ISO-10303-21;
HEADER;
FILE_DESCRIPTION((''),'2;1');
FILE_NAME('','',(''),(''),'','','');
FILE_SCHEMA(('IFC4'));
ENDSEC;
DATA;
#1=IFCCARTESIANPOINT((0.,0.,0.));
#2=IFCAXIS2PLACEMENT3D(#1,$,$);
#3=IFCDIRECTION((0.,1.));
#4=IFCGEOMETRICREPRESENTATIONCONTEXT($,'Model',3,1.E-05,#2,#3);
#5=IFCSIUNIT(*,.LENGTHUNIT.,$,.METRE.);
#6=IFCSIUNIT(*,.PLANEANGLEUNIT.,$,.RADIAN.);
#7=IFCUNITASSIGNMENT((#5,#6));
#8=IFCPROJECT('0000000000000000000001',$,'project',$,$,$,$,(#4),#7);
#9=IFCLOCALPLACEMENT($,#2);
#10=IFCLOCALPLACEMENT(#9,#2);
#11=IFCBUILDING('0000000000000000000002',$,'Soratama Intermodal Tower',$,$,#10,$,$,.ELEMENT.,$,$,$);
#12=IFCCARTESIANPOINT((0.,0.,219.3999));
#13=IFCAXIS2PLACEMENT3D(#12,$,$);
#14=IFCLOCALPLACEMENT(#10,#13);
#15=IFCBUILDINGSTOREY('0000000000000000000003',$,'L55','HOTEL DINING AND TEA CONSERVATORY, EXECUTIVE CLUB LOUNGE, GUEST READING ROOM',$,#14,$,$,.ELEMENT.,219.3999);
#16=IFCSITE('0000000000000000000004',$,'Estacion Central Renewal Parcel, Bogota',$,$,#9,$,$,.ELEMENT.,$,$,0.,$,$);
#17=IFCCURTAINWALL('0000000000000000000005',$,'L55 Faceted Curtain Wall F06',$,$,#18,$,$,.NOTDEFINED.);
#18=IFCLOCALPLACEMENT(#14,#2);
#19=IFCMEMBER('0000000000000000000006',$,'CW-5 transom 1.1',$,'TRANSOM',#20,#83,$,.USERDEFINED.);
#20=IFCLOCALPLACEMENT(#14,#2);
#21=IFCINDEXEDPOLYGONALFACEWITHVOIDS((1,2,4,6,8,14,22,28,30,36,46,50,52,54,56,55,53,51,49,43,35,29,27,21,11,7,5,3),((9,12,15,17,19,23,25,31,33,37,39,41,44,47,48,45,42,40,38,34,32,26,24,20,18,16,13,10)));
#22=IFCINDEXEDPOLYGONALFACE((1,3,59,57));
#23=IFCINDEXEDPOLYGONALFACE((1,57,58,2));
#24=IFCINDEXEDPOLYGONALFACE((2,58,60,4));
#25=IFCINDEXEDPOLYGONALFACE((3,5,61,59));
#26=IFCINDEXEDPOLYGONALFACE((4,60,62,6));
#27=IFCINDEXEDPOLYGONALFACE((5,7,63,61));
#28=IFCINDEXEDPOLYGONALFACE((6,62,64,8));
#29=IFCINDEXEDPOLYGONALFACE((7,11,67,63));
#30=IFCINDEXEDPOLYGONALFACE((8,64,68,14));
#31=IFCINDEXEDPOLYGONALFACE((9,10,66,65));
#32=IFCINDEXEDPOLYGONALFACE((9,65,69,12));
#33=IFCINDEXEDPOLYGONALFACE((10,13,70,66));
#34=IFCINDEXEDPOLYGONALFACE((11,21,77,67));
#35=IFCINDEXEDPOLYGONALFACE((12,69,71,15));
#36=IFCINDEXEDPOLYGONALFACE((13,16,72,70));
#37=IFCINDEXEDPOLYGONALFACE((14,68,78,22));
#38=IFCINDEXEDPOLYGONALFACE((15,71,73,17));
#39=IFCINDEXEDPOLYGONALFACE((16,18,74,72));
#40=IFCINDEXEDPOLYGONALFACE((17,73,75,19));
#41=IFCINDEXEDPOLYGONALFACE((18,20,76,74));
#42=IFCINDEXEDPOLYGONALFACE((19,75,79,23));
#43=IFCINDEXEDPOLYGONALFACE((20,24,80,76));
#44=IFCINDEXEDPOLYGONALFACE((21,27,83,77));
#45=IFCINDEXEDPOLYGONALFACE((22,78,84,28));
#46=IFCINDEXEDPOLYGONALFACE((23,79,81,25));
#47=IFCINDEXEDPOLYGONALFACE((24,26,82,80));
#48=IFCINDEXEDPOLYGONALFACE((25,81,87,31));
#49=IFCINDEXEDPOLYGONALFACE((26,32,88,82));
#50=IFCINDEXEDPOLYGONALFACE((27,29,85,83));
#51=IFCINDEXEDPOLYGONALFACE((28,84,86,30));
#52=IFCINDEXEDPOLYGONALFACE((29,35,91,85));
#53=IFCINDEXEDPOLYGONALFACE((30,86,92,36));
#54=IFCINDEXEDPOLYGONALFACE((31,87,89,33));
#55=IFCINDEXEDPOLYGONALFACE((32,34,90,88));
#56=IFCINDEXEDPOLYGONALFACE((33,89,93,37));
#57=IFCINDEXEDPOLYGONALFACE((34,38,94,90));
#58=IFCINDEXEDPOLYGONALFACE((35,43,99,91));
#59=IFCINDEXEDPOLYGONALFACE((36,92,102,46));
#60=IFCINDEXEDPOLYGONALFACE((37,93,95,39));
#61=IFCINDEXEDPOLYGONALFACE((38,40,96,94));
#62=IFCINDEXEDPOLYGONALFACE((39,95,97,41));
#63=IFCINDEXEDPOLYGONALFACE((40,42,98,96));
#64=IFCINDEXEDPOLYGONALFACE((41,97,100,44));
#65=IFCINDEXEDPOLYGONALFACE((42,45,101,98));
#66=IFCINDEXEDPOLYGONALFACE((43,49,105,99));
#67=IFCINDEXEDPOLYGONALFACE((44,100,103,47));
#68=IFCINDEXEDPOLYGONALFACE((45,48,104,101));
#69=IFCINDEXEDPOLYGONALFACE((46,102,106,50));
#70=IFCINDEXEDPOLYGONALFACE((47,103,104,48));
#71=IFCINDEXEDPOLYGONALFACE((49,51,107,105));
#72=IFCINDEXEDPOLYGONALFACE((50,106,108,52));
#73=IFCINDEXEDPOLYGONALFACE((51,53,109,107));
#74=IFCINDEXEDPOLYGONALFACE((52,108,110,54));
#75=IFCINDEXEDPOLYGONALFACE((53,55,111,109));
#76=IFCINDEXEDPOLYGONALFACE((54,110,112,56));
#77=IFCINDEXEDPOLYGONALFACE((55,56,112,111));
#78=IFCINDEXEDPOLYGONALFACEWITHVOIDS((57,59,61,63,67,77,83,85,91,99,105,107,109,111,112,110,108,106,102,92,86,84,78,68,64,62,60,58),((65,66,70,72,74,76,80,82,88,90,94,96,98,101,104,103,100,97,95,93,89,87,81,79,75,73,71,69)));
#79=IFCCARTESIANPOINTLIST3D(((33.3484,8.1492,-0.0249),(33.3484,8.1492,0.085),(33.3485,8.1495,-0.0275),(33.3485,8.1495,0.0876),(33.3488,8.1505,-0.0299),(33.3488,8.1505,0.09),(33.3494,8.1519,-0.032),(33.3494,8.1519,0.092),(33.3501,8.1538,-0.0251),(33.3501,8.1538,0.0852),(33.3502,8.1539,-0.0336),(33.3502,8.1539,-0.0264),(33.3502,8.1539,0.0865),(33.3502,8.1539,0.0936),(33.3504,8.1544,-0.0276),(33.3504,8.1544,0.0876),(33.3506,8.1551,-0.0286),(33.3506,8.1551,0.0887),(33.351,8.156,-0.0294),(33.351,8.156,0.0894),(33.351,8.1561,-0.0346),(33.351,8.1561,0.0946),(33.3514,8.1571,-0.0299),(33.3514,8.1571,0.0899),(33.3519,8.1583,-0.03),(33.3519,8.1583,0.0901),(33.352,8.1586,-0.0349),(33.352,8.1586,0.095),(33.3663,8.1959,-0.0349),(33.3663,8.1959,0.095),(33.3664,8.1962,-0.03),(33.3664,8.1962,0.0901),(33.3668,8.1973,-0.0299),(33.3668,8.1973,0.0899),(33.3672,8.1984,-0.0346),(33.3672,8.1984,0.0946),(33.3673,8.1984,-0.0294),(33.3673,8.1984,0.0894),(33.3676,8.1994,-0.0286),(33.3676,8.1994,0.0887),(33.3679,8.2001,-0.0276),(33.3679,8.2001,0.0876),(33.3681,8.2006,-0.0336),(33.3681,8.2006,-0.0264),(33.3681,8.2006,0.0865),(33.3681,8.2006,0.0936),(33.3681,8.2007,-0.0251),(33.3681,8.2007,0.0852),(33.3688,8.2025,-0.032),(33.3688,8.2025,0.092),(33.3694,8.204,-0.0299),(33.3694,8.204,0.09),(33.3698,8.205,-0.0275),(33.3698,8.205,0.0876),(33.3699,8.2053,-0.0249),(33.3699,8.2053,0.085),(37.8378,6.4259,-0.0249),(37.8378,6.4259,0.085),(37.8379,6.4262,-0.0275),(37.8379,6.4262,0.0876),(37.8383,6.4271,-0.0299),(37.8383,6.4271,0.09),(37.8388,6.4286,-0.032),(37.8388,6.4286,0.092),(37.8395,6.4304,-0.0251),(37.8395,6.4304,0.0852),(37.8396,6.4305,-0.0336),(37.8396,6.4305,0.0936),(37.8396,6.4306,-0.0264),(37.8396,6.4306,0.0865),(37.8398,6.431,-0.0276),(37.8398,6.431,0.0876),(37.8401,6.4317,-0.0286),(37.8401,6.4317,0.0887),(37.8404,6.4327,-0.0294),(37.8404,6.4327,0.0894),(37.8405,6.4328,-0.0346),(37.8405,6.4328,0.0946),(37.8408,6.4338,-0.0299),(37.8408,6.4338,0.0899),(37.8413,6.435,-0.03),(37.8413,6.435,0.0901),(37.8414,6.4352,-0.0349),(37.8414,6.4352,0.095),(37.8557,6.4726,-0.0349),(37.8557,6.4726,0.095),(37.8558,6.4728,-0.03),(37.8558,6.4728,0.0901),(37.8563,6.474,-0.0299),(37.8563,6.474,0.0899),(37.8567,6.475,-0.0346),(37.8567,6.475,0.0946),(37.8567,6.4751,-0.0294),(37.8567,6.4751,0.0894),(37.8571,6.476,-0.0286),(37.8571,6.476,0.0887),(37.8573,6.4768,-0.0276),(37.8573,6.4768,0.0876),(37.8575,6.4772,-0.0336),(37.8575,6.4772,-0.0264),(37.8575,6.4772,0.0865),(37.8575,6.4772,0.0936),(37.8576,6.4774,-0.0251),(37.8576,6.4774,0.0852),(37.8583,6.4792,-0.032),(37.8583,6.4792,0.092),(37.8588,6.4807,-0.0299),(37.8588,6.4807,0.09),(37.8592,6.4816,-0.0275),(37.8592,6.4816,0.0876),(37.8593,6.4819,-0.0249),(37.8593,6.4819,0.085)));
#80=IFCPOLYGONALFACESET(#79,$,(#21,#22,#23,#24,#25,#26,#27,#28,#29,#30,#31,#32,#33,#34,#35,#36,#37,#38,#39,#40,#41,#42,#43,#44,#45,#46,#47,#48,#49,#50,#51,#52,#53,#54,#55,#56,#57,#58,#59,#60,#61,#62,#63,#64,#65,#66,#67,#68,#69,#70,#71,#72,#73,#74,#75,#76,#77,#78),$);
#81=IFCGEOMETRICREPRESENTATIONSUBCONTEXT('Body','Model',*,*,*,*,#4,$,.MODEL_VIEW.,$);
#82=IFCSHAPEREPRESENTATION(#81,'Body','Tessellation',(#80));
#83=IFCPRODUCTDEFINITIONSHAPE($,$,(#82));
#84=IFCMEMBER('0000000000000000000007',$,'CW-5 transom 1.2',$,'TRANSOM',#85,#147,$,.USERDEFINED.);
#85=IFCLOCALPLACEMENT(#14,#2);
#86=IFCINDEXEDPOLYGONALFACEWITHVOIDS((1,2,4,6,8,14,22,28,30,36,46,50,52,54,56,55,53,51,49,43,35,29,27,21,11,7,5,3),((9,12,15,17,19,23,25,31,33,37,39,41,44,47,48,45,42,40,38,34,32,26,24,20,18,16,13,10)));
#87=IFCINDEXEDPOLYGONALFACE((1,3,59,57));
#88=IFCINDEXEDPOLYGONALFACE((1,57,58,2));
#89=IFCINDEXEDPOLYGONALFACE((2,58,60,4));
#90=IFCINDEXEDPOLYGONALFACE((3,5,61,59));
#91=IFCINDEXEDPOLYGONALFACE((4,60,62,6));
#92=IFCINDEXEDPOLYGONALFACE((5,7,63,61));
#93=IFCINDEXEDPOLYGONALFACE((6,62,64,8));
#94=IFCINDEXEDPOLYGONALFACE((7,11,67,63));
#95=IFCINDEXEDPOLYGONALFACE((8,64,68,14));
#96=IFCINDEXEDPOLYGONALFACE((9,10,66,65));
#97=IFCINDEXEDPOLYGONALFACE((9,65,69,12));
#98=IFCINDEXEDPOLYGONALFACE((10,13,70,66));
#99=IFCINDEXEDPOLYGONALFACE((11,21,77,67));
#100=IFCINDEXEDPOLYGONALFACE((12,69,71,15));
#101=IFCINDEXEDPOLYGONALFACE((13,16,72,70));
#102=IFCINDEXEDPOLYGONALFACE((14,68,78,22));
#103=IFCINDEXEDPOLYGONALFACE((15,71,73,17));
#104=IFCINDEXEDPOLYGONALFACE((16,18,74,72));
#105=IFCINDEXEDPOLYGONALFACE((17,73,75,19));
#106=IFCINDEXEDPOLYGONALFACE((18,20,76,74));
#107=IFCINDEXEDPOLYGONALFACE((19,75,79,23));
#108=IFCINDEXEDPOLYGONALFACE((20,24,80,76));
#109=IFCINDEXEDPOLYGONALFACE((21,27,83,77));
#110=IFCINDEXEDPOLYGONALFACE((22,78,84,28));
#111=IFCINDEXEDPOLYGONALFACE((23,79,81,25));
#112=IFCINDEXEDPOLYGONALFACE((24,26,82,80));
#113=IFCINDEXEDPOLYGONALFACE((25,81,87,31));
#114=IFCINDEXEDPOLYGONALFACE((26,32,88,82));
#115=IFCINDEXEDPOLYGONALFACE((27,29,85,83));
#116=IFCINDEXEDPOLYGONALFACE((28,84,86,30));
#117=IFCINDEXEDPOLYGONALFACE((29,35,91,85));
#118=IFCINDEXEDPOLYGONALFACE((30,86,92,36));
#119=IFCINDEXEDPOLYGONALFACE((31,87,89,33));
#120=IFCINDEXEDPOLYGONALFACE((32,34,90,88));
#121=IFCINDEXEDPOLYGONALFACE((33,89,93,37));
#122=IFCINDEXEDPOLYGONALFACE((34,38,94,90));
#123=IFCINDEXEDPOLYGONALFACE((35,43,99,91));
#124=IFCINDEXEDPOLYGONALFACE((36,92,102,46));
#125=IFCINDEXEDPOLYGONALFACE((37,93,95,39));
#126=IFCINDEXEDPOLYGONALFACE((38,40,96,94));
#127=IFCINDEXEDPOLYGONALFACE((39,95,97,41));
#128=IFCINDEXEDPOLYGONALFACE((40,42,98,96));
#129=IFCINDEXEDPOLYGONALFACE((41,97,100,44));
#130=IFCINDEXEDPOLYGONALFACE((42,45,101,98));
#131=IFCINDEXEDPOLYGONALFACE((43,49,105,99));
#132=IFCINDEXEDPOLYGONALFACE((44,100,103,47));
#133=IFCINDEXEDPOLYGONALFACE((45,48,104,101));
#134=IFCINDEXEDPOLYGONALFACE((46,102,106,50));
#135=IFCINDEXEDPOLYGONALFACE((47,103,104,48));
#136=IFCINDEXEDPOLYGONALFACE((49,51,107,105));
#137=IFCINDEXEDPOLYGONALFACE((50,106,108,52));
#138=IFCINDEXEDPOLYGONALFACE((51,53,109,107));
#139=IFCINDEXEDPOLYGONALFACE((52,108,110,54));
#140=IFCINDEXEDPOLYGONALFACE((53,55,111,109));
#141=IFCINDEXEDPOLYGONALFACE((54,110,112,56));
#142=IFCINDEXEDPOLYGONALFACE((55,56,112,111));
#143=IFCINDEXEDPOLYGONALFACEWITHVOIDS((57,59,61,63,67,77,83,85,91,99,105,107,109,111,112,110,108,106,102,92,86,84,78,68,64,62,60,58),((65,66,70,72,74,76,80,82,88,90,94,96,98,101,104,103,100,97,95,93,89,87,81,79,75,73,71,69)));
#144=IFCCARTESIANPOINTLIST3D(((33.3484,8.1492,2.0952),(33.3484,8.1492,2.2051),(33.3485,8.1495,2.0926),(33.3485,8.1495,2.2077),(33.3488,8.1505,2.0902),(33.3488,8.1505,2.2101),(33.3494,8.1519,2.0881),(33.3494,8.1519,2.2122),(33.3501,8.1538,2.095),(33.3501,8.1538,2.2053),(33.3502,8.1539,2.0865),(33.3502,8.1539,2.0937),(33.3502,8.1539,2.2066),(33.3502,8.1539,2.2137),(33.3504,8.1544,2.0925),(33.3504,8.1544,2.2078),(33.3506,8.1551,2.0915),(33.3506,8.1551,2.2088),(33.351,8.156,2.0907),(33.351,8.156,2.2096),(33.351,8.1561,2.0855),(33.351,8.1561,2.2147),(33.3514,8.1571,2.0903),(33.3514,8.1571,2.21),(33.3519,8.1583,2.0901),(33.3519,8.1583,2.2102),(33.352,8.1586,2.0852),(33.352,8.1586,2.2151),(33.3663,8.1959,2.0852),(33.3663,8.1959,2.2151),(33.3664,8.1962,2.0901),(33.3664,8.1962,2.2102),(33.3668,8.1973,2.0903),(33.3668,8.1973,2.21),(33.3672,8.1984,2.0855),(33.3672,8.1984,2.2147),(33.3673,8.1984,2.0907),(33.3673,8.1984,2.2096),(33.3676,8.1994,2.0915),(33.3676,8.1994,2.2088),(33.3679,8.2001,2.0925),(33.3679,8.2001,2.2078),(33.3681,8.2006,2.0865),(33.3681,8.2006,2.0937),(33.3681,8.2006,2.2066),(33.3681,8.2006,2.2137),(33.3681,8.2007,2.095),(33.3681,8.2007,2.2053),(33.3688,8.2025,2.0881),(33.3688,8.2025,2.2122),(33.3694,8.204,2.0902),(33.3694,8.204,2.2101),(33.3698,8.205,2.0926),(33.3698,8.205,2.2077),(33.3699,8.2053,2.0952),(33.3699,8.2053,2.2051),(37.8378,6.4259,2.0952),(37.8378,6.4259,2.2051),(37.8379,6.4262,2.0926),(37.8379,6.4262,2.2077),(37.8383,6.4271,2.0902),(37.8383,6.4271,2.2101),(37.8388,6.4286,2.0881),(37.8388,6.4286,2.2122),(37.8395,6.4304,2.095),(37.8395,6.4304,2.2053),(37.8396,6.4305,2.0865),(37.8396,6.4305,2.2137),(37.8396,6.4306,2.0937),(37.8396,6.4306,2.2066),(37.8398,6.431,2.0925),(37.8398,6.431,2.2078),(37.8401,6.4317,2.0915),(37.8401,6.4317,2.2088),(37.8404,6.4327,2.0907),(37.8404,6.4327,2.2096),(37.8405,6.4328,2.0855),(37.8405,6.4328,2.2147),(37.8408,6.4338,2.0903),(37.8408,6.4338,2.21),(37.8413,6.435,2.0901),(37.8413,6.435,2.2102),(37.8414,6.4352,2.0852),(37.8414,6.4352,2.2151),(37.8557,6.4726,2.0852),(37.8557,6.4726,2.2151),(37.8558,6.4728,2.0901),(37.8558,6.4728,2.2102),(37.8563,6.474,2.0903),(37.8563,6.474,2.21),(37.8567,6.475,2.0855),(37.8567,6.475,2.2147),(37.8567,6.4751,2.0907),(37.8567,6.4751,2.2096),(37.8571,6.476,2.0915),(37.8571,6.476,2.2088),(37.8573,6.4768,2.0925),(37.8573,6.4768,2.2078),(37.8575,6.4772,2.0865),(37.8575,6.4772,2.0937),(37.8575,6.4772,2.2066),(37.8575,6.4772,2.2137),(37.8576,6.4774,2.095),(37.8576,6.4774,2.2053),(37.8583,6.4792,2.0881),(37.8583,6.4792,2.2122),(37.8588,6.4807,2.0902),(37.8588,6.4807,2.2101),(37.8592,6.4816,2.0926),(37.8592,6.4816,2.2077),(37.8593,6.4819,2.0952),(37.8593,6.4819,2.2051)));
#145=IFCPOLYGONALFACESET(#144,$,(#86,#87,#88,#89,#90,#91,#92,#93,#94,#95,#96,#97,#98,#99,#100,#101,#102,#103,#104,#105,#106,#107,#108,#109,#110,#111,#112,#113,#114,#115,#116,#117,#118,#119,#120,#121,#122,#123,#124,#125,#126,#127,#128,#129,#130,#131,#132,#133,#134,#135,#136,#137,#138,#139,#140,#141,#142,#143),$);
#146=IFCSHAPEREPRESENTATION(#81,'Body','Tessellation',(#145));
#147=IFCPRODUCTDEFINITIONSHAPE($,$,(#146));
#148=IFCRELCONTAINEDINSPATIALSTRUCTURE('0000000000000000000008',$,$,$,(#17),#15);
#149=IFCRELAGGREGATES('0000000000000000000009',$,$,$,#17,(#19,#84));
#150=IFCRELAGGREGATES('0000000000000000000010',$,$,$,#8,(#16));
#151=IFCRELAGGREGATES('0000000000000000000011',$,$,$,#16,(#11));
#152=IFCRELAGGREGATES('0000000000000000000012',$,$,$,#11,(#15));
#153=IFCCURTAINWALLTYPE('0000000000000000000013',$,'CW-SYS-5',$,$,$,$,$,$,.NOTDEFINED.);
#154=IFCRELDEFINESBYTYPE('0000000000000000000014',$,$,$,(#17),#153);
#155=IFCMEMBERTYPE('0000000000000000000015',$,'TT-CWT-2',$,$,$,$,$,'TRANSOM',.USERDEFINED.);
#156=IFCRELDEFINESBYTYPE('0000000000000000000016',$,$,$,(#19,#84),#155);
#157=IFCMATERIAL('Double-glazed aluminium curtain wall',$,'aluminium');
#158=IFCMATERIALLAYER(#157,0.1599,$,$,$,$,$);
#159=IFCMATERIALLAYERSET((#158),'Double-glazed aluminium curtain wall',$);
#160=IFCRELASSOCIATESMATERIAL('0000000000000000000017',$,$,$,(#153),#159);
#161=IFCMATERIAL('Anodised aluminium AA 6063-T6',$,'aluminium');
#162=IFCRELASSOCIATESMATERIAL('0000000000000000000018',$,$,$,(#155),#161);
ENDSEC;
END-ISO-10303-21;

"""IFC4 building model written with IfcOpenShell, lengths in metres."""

from ifc_helpers import new_model, si_unit, direction, frame, origin, origin_2d, place, context, subcontext, project, spatial, hollow_rectangle, extrude, material, layer, layer_set, material_profile, profile_set, type_object, element, aggregate, save


model = new_model("IFC4")

# Units and contexts
model_context = context("Model", 3, precision=1e-05, world=origin(), true_north=direction((0.0, 1.0)))
body_context = subcontext(model_context, "Body", "Model", "MODEL_VIEW")
ifc_project = project(units=[si_unit("LENGTHUNIT", "METRE"), si_unit("PLANEANGLEUNIT", "RADIAN")], contexts=[model_context])

# Site, building, storey
site_placement = place(None, origin())
site = spatial("IfcSite", under=ifc_project, at=site_placement, Name="Estacion Central Renewal Parcel, Bogota", CompositionType="ELEMENT", RefElevation=0.0)
building_placement = place(site_placement, origin())
building = spatial("IfcBuilding", under=site, at=building_placement, Name="Soratama Intermodal Tower", CompositionType="ELEMENT")
storey_placement = place(building_placement, frame((0.0, 0.0, 219.3999)))
storey = spatial("IfcBuildingStorey", under=building, at=storey_placement, Name="L55", Description="HOTEL DINING AND TEA CONSERVATORY, EXECUTIVE CLUB LOUNGE, GUEST READING ROOM", CompositionType="ELEMENT", Elevation=219.3999)

# Curtain wall, members
ifc_material_1 = material(Name="Double-glazed aluminium curtain wall", Category="aluminium")
ifc_layer_1 = layer(ifc_material_1, 0.1599)
ifc_layer_set_1 = layer_set([ifc_layer_1], Name="Double-glazed aluminium curtain wall")
curtain_wall_type = type_object("IfcCurtainWallType", Name="CW-SYS-5", PredefinedType="NOTDEFINED", material=ifc_layer_set_1)
curtain_wall_placement = place(storey_placement, origin())
curtain_wall = element("IfcCurtainWall", 1, at=curtain_wall_placement, inside=storey, type_object=curtain_wall_type, Name="L55 Faceted Curtain Wall F06", PredefinedType="NOTDEFINED")
ifc_material_2 = material(Name="Anodised aluminium AA 6063-T6", Category="aluminium")
ifc_material_profile_1 = material_profile(ifc_material_2, hollow_rectangle(XDim=0.0601, YDim=0.1299, WallThickness=0.0049, InnerFilletRadius=0.0049, OuterFilletRadius=0.01, at=origin_2d()), Name="CWT130X60X5")
ifc_profile_set_1 = profile_set([ifc_material_profile_1], Name="Anodised aluminium AA 6063-T6")
member_type_1 = type_object("IfcMemberType", Name="TT-CWT-2", ElementType="TRANSOM", PredefinedType="USERDEFINED", material=ifc_profile_set_1)
member_1_placement = place(storey_placement, frame((33.3591, 8.1772, 0.03), z_axis=(0.933578, -0.358373, 0.0), x_axis=(0.358373, 0.933578, 0.0)))
member_1 = element("IfcMember", 2, at=member_1_placement, type_object=member_type_1, Name="CW-5 transom 1.1", ObjectType="TRANSOM", PredefinedType="USERDEFINED", context=body_context, shape_type="SweptSolid", body=[
    extrude(hollow_rectangle(XDim=0.0601, YDim=0.1299, WallThickness=0.0049, InnerFilletRadius=0.0049, OuterFilletRadius=0.01, at=origin_2d()), origin(), (0.0, 0.0, 1.0), 4.8088),
])
member_2_placement = place(storey_placement, frame((33.3591, 8.1772, 2.1501), z_axis=(0.933578, -0.358373, 0.0), x_axis=(0.358373, 0.933578, 0.0)))
member_2 = element("IfcMember", 3, at=member_2_placement, type_object=member_type_1, Name="CW-5 transom 1.2", ObjectType="TRANSOM", PredefinedType="USERDEFINED", context=body_context, shape_type="SweptSolid", body=[
    extrude(hollow_rectangle(XDim=0.0601, YDim=0.1299, WallThickness=0.0049, InnerFilletRadius=0.0049, OuterFilletRadius=0.01, at=origin_2d()), origin(), (0.0, 0.0, 1.0), 4.8088),
])
aggregate(curtain_wall, [member_1, member_2])

save(model, "model.ifc")
